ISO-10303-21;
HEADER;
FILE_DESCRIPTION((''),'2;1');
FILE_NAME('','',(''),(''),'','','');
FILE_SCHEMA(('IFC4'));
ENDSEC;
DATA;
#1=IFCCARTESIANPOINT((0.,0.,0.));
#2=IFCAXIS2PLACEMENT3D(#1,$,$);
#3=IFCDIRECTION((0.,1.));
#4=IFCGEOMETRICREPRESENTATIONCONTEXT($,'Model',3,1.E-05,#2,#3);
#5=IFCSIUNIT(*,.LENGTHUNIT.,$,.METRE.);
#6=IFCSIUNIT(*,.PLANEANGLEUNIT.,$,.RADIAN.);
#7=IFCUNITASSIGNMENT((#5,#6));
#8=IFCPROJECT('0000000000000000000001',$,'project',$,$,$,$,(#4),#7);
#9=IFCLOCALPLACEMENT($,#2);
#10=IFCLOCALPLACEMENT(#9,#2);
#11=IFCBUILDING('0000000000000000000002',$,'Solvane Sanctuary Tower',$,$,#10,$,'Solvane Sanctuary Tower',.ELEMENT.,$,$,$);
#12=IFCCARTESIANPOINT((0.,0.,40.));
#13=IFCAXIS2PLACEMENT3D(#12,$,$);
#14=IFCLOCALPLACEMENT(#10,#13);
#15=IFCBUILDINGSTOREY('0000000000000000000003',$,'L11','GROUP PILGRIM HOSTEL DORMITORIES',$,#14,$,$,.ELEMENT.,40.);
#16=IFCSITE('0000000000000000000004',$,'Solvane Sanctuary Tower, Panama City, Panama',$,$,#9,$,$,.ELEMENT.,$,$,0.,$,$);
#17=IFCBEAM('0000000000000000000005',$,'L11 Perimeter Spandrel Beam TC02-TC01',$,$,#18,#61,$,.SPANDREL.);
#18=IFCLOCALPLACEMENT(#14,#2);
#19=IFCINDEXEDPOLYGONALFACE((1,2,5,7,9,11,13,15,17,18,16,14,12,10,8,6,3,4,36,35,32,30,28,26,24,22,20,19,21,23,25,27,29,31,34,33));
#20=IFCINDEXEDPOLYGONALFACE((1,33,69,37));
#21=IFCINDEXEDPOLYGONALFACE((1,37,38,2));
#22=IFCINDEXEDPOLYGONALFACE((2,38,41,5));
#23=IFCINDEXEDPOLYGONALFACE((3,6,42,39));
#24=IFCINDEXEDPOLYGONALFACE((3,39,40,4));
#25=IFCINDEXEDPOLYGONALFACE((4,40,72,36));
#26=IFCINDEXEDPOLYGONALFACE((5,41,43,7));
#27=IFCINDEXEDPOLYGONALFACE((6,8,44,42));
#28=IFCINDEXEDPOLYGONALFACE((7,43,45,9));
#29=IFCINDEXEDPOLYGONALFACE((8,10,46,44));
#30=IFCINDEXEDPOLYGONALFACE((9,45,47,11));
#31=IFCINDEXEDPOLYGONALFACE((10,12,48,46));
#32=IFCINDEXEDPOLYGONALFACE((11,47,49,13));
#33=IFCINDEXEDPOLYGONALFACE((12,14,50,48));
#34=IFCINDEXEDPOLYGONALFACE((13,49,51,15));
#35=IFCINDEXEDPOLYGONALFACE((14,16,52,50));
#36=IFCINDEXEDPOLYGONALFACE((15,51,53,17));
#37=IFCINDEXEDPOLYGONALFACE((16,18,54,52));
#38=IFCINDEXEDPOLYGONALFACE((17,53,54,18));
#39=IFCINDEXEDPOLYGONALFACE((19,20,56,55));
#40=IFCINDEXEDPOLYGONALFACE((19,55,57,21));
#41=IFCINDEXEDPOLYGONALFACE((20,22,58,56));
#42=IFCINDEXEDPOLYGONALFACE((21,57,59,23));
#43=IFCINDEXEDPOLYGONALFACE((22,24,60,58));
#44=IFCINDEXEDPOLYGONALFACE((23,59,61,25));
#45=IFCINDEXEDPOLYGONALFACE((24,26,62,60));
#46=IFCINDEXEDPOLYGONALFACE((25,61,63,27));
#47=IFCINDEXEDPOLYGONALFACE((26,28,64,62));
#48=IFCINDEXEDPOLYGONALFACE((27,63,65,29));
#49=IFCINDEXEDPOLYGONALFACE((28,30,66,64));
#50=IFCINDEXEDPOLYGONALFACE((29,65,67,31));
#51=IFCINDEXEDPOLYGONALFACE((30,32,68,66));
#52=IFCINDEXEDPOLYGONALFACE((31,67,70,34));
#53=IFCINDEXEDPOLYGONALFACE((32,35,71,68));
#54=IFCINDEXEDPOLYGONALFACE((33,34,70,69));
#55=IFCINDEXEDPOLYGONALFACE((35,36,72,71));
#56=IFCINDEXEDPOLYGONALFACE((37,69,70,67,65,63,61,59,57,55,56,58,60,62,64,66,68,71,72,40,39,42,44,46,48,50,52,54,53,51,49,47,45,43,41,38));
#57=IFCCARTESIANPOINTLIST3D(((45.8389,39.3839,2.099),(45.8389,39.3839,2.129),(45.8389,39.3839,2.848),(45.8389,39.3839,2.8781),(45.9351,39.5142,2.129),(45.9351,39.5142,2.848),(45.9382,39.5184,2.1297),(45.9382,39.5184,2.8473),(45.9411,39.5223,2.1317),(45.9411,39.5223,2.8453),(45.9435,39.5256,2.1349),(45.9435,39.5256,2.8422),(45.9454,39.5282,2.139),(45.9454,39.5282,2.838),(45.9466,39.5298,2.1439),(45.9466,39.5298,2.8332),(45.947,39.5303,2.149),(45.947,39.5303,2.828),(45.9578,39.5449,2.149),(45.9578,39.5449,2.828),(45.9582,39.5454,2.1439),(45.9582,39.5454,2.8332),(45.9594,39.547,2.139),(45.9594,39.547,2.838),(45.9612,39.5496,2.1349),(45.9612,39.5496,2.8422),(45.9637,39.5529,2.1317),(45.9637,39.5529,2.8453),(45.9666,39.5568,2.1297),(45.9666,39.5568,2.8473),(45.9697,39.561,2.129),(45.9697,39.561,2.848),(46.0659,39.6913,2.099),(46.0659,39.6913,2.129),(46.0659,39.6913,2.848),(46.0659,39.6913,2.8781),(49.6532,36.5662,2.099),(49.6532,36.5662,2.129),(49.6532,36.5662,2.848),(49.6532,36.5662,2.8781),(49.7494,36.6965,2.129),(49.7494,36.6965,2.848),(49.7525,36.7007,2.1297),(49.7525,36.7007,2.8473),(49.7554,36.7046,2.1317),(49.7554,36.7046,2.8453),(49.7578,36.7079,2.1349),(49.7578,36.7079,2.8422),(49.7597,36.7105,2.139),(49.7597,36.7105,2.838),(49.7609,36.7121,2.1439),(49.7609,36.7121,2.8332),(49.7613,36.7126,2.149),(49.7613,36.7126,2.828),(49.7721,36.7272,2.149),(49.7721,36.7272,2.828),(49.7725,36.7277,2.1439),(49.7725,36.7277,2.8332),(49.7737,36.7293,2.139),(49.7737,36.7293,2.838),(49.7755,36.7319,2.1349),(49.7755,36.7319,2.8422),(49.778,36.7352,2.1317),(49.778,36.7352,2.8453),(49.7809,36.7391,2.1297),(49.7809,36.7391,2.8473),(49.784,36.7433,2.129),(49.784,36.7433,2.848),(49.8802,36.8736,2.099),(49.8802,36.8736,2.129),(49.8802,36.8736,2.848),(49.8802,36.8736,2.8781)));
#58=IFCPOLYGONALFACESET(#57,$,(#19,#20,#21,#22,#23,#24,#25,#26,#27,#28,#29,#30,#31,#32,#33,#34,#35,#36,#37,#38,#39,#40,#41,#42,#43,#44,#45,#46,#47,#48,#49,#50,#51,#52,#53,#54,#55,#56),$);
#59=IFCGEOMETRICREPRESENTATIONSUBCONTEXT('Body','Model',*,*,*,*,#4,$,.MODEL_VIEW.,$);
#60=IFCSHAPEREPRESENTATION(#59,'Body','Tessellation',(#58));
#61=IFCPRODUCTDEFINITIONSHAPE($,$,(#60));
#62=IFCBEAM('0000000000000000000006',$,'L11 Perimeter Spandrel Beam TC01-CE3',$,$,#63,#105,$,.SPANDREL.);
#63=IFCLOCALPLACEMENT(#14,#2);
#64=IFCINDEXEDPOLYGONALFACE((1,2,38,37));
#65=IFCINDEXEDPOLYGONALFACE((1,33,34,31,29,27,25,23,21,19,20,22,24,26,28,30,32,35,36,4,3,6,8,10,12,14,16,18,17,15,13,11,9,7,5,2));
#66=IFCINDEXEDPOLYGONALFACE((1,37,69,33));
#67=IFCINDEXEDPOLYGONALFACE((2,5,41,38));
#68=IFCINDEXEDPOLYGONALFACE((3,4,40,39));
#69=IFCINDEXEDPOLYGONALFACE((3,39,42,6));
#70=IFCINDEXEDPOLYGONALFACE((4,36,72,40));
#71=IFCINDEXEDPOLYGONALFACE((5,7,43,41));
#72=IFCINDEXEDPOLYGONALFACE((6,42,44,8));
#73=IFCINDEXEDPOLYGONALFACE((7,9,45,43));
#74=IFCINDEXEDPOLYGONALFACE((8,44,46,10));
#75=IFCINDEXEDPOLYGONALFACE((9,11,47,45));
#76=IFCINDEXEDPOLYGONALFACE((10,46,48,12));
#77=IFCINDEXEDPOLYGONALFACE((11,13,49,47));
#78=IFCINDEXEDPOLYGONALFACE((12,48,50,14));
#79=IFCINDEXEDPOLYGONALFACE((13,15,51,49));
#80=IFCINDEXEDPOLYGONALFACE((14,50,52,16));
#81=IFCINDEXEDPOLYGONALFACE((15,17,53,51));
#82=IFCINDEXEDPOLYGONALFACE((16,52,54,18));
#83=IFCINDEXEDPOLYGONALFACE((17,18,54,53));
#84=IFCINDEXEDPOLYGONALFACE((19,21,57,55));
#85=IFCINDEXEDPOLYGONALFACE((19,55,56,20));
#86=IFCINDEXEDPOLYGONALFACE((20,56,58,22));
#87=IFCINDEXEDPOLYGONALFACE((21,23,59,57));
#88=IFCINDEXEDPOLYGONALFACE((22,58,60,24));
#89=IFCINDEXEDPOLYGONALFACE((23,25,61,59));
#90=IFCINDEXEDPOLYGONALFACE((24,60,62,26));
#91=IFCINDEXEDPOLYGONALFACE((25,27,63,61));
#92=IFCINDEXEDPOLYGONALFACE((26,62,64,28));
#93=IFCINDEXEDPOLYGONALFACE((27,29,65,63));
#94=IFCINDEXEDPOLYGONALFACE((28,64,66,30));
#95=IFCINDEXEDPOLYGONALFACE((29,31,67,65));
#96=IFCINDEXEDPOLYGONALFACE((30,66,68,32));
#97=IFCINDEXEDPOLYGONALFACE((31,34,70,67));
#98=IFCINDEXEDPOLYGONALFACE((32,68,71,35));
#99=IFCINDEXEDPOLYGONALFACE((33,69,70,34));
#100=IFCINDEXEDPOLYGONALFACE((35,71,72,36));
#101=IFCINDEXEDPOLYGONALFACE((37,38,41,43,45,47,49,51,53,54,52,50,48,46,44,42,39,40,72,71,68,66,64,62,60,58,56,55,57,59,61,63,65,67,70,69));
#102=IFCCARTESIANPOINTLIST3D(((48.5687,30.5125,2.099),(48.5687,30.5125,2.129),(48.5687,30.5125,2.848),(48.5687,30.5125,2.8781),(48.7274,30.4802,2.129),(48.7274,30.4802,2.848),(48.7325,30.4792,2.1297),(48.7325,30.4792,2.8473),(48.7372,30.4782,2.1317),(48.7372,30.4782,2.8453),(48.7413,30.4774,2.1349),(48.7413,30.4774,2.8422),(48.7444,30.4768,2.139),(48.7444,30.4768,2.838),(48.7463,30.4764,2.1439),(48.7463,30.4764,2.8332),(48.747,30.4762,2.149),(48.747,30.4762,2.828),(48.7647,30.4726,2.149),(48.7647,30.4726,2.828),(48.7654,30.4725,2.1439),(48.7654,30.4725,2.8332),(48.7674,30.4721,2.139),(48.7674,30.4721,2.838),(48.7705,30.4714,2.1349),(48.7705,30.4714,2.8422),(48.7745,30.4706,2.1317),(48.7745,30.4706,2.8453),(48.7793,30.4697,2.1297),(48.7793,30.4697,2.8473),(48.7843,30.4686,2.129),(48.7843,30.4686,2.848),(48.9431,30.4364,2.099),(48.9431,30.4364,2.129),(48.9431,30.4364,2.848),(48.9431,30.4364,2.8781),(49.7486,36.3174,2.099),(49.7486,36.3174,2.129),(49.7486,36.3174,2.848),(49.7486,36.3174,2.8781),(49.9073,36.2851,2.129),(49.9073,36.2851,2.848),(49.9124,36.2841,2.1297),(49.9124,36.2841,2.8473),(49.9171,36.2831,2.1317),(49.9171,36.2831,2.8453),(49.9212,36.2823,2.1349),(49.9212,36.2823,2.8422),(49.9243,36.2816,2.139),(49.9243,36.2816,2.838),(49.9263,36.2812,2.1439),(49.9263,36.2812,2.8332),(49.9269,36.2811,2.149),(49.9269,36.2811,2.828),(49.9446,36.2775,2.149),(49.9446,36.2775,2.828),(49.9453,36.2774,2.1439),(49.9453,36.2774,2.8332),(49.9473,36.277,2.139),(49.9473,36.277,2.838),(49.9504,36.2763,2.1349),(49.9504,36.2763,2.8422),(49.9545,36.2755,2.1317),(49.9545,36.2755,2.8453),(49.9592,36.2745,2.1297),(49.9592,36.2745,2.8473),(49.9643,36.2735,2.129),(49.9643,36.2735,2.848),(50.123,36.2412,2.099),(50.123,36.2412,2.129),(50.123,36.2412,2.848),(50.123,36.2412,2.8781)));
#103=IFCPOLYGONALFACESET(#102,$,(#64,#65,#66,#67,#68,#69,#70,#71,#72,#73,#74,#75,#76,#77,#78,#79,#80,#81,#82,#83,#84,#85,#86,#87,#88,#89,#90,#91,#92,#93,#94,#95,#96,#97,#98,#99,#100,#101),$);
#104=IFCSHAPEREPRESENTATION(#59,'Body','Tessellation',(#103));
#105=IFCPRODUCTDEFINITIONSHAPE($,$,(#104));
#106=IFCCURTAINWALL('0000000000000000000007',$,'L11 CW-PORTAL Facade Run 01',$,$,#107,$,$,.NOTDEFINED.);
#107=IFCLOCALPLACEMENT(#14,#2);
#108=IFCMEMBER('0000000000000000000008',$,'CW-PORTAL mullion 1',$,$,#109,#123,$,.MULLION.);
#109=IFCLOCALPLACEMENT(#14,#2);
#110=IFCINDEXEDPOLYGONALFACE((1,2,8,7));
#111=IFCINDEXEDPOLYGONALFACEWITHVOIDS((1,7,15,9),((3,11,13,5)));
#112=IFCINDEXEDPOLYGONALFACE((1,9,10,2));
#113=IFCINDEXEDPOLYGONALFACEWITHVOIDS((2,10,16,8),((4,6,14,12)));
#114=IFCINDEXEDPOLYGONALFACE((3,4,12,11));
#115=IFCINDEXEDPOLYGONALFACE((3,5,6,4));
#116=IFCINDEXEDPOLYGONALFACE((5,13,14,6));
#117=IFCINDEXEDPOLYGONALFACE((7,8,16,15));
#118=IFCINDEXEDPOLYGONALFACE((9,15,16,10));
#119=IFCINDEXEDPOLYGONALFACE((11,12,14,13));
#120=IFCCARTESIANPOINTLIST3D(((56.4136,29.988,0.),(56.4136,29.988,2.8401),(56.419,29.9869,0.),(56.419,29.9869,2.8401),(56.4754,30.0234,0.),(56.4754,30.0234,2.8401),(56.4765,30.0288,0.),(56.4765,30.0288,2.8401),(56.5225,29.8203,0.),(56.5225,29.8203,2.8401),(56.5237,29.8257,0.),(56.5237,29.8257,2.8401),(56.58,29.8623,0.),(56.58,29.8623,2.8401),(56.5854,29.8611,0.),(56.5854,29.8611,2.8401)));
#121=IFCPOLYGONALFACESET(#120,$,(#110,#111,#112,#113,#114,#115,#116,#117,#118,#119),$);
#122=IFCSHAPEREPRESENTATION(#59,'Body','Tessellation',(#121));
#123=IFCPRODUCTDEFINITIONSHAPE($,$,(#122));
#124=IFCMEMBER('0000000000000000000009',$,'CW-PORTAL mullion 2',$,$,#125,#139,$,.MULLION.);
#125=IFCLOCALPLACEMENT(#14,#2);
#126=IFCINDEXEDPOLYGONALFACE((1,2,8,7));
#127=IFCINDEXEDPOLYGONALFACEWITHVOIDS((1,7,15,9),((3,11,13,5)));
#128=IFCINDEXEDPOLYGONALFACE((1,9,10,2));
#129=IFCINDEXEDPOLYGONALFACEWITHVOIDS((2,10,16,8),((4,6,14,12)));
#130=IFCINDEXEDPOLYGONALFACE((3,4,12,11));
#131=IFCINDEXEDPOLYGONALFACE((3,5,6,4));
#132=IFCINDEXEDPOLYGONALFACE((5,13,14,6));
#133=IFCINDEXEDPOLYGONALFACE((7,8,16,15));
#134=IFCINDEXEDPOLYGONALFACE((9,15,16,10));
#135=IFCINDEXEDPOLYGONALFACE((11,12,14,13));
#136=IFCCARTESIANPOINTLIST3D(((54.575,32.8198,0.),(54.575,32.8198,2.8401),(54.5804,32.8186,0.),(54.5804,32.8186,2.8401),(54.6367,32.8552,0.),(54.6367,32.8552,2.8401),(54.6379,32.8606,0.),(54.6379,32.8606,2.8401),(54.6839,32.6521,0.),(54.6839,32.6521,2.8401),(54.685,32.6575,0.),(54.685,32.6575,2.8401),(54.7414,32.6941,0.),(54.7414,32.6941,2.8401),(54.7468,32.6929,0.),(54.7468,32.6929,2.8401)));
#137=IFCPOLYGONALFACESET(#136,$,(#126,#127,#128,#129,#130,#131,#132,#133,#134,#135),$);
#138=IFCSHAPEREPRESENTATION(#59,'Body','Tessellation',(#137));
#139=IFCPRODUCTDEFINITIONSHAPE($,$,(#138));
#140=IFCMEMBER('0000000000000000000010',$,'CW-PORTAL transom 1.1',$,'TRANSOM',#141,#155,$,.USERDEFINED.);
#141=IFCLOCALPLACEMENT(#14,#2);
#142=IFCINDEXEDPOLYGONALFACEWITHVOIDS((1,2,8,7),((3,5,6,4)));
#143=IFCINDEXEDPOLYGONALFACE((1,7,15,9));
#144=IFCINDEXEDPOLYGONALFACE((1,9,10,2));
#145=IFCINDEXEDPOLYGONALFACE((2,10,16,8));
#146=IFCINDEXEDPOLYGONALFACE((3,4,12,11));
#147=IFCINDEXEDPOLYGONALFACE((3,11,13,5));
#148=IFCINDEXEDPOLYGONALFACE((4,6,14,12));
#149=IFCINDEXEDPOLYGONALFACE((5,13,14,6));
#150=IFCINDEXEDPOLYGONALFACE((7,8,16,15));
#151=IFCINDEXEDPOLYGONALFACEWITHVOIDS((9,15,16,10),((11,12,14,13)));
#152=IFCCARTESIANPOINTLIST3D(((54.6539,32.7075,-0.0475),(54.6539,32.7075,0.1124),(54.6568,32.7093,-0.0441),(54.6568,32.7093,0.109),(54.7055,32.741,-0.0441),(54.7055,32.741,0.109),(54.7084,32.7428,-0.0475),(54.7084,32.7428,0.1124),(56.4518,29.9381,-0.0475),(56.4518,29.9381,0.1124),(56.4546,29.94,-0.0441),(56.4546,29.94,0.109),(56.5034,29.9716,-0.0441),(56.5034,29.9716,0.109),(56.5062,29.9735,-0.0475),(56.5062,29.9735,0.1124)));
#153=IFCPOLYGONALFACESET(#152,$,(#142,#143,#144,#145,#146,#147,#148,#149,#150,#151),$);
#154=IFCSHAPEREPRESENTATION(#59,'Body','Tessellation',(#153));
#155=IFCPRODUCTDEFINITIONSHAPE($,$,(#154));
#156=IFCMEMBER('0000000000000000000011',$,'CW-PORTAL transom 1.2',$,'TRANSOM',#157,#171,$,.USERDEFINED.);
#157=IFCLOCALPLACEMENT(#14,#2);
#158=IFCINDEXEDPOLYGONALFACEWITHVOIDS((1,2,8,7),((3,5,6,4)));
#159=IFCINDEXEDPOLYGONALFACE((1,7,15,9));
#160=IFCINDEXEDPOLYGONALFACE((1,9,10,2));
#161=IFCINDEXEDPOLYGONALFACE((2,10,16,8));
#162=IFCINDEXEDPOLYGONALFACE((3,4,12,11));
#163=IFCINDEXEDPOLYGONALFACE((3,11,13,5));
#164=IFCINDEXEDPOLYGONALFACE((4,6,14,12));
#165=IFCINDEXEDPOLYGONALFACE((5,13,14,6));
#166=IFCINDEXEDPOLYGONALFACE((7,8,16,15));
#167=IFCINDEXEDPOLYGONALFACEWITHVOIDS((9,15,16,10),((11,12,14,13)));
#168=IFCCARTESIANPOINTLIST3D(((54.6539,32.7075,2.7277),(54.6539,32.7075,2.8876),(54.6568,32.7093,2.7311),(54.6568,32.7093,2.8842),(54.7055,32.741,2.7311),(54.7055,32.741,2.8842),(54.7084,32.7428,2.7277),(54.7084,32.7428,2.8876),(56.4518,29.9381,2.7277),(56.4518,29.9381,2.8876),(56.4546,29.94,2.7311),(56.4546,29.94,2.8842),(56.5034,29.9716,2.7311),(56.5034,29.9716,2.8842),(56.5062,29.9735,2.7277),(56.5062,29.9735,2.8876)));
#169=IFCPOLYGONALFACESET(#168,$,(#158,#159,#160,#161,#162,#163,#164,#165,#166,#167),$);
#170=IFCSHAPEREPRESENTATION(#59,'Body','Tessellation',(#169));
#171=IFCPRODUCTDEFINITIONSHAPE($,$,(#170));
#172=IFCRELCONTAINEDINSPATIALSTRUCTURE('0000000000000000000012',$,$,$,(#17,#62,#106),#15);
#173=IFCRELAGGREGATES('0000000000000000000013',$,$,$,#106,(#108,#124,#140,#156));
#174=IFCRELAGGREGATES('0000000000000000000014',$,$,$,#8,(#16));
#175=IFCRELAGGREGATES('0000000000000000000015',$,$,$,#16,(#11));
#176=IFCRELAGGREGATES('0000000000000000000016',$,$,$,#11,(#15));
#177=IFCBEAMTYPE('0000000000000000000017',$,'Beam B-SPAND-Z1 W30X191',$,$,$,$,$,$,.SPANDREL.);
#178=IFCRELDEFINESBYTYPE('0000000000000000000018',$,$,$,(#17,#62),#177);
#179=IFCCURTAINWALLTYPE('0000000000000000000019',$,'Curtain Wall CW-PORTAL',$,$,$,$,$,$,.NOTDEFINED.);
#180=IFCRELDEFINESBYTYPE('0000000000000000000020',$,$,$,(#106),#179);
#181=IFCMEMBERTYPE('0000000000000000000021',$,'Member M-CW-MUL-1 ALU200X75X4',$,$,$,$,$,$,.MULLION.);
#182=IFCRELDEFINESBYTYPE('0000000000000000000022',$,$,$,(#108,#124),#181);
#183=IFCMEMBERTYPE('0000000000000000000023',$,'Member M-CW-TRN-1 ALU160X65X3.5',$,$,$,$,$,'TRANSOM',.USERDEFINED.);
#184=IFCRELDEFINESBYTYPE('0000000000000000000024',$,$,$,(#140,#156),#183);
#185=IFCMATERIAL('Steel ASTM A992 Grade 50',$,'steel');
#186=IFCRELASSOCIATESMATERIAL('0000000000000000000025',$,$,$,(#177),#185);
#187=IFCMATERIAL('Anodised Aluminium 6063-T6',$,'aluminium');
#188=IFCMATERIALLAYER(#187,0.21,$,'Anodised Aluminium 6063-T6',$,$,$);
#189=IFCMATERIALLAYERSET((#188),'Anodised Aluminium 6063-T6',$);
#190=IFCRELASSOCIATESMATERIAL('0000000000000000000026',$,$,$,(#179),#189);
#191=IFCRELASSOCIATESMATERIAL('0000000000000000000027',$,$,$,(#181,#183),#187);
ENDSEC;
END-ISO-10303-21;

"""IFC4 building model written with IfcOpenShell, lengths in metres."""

from ifc_helpers import new_model, si_unit, direction, frame, origin, origin_2d, place, context, subcontext, project, spatial, hollow_rectangle, i_section, extrude, material, layer, layer_set, material_profile, profile_set, type_object, element, aggregate, save


model = new_model("IFC4")

# Units and contexts
model_context = context("Model", 3, precision=1e-05, world=origin(), true_north=direction((0.0, 1.0)))
body_context = subcontext(model_context, "Body", "Model", "MODEL_VIEW")
ifc_project = project(units=[si_unit("LENGTHUNIT", "METRE"), si_unit("PLANEANGLEUNIT", "RADIAN")], contexts=[model_context])

# Site, building, storey
site_placement = place(None, origin())
site = spatial("IfcSite", under=ifc_project, at=site_placement, Name="Solvane Sanctuary Tower, Panama City, Panama", CompositionType="ELEMENT", RefElevation=0.0)
building_placement = place(site_placement, origin())
building = spatial("IfcBuilding", under=site, at=building_placement, Name="Solvane Sanctuary Tower", LongName="Solvane Sanctuary Tower", CompositionType="ELEMENT")
storey_placement = place(building_placement, frame((0.0, 0.0, 40.0)))
storey = spatial("IfcBuildingStorey", under=building, at=storey_placement, Name="L11", Description="GROUP PILGRIM HOSTEL DORMITORIES", CompositionType="ELEMENT", Elevation=40.0)

# Beams
ifc_material_1 = material(Name="Steel ASTM A992 Grade 50", Category="steel")
ifc_material_profile_1 = material_profile(ifc_material_1, i_section(OverallWidth=0.3821, OverallDepth=0.7791, WebThickness=0.0181, FlangeThickness=0.03, FilletRadius=0.02, at=origin_2d()), Name="W30X191")
ifc_profile_set_1 = profile_set([ifc_material_profile_1], Name="Steel ASTM A992 Grade 50")
beam_type_1 = type_object("IfcBeamType", Name="Beam B-SPAND-Z1 W30X191", PredefinedType="SPANDREL", material=ifc_profile_set_1)
beam_1_placement = place(storey_placement, frame((45.9524, 39.5376, 2.4885), z_axis=(0.804334, -0.594177, 0.0), x_axis=(0.594177, 0.804334, 0.0)))
element("IfcBeam", 1, at=beam_1_placement, inside=storey, type_object=beam_type_1, Name="L11 Perimeter Spandrel Beam TC02-TC01", PredefinedType="SPANDREL", context=body_context, shape_type="SweptSolid", body=[
    extrude(i_section(OverallWidth=0.3821, OverallDepth=0.7791, WebThickness=0.0181, FlangeThickness=0.03, FilletRadius=0.02, at=origin_2d()), origin(), (0.0, 0.0, 1.0), 4.7422),
])
beam_2_placement = place(storey_placement, frame((49.9358, 36.2793, 2.4885), z_axis=(-0.19919, -0.979961, 0.0), x_axis=(0.979961, -0.19919, 0.0)))
element("IfcBeam", 2, at=beam_2_placement, inside=storey, type_object=beam_type_1, Name="L11 Perimeter Spandrel Beam TC01-CE3", PredefinedType="SPANDREL", context=body_context, shape_type="SweptSolid", body=[
    extrude(i_section(OverallWidth=0.3821, OverallDepth=0.7791, WebThickness=0.0181, FlangeThickness=0.03, FilletRadius=0.02, at=origin_2d()), origin(), (0.0, 0.0, 1.0), 5.9236),
])

# Curtain wall, members
ifc_material_2 = material(Name="Anodised Aluminium 6063-T6", Category="aluminium")
ifc_layer_1 = layer(ifc_material_2, 0.21, Name="Anodised Aluminium 6063-T6")
ifc_layer_set_1 = layer_set([ifc_layer_1], Name="Anodised Aluminium 6063-T6")
curtain_wall_type = type_object("IfcCurtainWallType", Name="Curtain Wall CW-PORTAL", PredefinedType="NOTDEFINED", material=ifc_layer_set_1)
curtain_wall_placement = place(storey_placement, origin())
curtain_wall = element("IfcCurtainWall", 3, at=curtain_wall_placement, inside=storey, type_object=curtain_wall_type, Name="L11 CW-PORTAL Facade Run 01", PredefinedType="NOTDEFINED")
ifc_material_profile_2 = material_profile(ifc_material_2, hollow_rectangle(XDim=0.075, YDim=0.2, WallThickness=0.0039, at=origin_2d()), Name="ALU200X75X4")
ifc_profile_set_2 = profile_set([ifc_material_profile_2], Name="Anodised Aluminium 6063-T6")
member_type_1 = type_object("IfcMemberType", Name="Member M-CW-MUL-1 ALU200X75X4", PredefinedType="MULLION", material=ifc_profile_set_2)
member_1_placement = place(storey_placement, frame((56.4995, 29.9246, 0.0), z_axis=(0.0, 0.0, 1.0), x_axis=(-0.838733, -0.544543, 0.0)))
member_1 = element("IfcMember", 4, at=member_1_placement, type_object=member_type_1, Name="CW-PORTAL mullion 1", PredefinedType="MULLION", context=body_context, shape_type="SweptSolid", body=[
    extrude(hollow_rectangle(XDim=0.075, YDim=0.2, WallThickness=0.0039, at=origin_2d()), origin(), (0.0, 0.0, 1.0), 2.8401),
])
member_2_placement = place(storey_placement, frame((54.6609, 32.7563, 0.0), z_axis=(0.0, 0.0, 1.0), x_axis=(-0.838733, -0.544543, 0.0)))
member_2 = element("IfcMember", 5, at=member_2_placement, type_object=member_type_1, Name="CW-PORTAL mullion 2", PredefinedType="MULLION", context=body_context, shape_type="SweptSolid", body=[
    extrude(hollow_rectangle(XDim=0.075, YDim=0.2, WallThickness=0.0039, at=origin_2d()), origin(), (0.0, 0.0, 1.0), 2.8401),
])
ifc_material_profile_3 = material_profile(ifc_material_2, hollow_rectangle(XDim=0.0649, YDim=0.1599, WallThickness=0.0034, at=origin_2d()), Name="ALU160X65X3.5")
ifc_profile_set_3 = profile_set([ifc_material_profile_3], Name="Anodised Aluminium 6063-T6")
member_type_2 = type_object("IfcMemberType", Name="Member M-CW-TRN-1 ALU160X65X3.5", ElementType="TRANSOM", PredefinedType="USERDEFINED", material=ifc_profile_set_3)
member_3_placement = place(storey_placement, frame((56.479, 29.9558, 0.0325), z_axis=(-0.544523, 0.838746, 0.0), x_axis=(-0.838746, -0.544523, 0.0)))
member_3 = element("IfcMember", 6, at=member_3_placement, type_object=member_type_2, Name="CW-PORTAL transom 1.1", ObjectType="TRANSOM", PredefinedType="USERDEFINED", context=body_context, shape_type="SweptSolid", body=[
    extrude(hollow_rectangle(XDim=0.0649, YDim=0.1599, WallThickness=0.0034, at=origin_2d()), origin(), (0.0, 0.0, 1.0), 3.3018),
])
member_4_placement = place(storey_placement, frame((56.479, 29.9558, 2.8076), z_axis=(-0.544523, 0.838746, 0.0), x_axis=(-0.838746, -0.544523, 0.0)))
member_4 = element("IfcMember", 7, at=member_4_placement, type_object=member_type_2, Name="CW-PORTAL transom 1.2", ObjectType="TRANSOM", PredefinedType="USERDEFINED", context=body_context, shape_type="SweptSolid", body=[
    extrude(hollow_rectangle(XDim=0.0649, YDim=0.1599, WallThickness=0.0034, at=origin_2d()), origin(), (0.0, 0.0, 1.0), 3.3018),
])

aggregate(curtain_wall, [member_1, member_2, member_3, member_4])

save(model, "model.ifc")
